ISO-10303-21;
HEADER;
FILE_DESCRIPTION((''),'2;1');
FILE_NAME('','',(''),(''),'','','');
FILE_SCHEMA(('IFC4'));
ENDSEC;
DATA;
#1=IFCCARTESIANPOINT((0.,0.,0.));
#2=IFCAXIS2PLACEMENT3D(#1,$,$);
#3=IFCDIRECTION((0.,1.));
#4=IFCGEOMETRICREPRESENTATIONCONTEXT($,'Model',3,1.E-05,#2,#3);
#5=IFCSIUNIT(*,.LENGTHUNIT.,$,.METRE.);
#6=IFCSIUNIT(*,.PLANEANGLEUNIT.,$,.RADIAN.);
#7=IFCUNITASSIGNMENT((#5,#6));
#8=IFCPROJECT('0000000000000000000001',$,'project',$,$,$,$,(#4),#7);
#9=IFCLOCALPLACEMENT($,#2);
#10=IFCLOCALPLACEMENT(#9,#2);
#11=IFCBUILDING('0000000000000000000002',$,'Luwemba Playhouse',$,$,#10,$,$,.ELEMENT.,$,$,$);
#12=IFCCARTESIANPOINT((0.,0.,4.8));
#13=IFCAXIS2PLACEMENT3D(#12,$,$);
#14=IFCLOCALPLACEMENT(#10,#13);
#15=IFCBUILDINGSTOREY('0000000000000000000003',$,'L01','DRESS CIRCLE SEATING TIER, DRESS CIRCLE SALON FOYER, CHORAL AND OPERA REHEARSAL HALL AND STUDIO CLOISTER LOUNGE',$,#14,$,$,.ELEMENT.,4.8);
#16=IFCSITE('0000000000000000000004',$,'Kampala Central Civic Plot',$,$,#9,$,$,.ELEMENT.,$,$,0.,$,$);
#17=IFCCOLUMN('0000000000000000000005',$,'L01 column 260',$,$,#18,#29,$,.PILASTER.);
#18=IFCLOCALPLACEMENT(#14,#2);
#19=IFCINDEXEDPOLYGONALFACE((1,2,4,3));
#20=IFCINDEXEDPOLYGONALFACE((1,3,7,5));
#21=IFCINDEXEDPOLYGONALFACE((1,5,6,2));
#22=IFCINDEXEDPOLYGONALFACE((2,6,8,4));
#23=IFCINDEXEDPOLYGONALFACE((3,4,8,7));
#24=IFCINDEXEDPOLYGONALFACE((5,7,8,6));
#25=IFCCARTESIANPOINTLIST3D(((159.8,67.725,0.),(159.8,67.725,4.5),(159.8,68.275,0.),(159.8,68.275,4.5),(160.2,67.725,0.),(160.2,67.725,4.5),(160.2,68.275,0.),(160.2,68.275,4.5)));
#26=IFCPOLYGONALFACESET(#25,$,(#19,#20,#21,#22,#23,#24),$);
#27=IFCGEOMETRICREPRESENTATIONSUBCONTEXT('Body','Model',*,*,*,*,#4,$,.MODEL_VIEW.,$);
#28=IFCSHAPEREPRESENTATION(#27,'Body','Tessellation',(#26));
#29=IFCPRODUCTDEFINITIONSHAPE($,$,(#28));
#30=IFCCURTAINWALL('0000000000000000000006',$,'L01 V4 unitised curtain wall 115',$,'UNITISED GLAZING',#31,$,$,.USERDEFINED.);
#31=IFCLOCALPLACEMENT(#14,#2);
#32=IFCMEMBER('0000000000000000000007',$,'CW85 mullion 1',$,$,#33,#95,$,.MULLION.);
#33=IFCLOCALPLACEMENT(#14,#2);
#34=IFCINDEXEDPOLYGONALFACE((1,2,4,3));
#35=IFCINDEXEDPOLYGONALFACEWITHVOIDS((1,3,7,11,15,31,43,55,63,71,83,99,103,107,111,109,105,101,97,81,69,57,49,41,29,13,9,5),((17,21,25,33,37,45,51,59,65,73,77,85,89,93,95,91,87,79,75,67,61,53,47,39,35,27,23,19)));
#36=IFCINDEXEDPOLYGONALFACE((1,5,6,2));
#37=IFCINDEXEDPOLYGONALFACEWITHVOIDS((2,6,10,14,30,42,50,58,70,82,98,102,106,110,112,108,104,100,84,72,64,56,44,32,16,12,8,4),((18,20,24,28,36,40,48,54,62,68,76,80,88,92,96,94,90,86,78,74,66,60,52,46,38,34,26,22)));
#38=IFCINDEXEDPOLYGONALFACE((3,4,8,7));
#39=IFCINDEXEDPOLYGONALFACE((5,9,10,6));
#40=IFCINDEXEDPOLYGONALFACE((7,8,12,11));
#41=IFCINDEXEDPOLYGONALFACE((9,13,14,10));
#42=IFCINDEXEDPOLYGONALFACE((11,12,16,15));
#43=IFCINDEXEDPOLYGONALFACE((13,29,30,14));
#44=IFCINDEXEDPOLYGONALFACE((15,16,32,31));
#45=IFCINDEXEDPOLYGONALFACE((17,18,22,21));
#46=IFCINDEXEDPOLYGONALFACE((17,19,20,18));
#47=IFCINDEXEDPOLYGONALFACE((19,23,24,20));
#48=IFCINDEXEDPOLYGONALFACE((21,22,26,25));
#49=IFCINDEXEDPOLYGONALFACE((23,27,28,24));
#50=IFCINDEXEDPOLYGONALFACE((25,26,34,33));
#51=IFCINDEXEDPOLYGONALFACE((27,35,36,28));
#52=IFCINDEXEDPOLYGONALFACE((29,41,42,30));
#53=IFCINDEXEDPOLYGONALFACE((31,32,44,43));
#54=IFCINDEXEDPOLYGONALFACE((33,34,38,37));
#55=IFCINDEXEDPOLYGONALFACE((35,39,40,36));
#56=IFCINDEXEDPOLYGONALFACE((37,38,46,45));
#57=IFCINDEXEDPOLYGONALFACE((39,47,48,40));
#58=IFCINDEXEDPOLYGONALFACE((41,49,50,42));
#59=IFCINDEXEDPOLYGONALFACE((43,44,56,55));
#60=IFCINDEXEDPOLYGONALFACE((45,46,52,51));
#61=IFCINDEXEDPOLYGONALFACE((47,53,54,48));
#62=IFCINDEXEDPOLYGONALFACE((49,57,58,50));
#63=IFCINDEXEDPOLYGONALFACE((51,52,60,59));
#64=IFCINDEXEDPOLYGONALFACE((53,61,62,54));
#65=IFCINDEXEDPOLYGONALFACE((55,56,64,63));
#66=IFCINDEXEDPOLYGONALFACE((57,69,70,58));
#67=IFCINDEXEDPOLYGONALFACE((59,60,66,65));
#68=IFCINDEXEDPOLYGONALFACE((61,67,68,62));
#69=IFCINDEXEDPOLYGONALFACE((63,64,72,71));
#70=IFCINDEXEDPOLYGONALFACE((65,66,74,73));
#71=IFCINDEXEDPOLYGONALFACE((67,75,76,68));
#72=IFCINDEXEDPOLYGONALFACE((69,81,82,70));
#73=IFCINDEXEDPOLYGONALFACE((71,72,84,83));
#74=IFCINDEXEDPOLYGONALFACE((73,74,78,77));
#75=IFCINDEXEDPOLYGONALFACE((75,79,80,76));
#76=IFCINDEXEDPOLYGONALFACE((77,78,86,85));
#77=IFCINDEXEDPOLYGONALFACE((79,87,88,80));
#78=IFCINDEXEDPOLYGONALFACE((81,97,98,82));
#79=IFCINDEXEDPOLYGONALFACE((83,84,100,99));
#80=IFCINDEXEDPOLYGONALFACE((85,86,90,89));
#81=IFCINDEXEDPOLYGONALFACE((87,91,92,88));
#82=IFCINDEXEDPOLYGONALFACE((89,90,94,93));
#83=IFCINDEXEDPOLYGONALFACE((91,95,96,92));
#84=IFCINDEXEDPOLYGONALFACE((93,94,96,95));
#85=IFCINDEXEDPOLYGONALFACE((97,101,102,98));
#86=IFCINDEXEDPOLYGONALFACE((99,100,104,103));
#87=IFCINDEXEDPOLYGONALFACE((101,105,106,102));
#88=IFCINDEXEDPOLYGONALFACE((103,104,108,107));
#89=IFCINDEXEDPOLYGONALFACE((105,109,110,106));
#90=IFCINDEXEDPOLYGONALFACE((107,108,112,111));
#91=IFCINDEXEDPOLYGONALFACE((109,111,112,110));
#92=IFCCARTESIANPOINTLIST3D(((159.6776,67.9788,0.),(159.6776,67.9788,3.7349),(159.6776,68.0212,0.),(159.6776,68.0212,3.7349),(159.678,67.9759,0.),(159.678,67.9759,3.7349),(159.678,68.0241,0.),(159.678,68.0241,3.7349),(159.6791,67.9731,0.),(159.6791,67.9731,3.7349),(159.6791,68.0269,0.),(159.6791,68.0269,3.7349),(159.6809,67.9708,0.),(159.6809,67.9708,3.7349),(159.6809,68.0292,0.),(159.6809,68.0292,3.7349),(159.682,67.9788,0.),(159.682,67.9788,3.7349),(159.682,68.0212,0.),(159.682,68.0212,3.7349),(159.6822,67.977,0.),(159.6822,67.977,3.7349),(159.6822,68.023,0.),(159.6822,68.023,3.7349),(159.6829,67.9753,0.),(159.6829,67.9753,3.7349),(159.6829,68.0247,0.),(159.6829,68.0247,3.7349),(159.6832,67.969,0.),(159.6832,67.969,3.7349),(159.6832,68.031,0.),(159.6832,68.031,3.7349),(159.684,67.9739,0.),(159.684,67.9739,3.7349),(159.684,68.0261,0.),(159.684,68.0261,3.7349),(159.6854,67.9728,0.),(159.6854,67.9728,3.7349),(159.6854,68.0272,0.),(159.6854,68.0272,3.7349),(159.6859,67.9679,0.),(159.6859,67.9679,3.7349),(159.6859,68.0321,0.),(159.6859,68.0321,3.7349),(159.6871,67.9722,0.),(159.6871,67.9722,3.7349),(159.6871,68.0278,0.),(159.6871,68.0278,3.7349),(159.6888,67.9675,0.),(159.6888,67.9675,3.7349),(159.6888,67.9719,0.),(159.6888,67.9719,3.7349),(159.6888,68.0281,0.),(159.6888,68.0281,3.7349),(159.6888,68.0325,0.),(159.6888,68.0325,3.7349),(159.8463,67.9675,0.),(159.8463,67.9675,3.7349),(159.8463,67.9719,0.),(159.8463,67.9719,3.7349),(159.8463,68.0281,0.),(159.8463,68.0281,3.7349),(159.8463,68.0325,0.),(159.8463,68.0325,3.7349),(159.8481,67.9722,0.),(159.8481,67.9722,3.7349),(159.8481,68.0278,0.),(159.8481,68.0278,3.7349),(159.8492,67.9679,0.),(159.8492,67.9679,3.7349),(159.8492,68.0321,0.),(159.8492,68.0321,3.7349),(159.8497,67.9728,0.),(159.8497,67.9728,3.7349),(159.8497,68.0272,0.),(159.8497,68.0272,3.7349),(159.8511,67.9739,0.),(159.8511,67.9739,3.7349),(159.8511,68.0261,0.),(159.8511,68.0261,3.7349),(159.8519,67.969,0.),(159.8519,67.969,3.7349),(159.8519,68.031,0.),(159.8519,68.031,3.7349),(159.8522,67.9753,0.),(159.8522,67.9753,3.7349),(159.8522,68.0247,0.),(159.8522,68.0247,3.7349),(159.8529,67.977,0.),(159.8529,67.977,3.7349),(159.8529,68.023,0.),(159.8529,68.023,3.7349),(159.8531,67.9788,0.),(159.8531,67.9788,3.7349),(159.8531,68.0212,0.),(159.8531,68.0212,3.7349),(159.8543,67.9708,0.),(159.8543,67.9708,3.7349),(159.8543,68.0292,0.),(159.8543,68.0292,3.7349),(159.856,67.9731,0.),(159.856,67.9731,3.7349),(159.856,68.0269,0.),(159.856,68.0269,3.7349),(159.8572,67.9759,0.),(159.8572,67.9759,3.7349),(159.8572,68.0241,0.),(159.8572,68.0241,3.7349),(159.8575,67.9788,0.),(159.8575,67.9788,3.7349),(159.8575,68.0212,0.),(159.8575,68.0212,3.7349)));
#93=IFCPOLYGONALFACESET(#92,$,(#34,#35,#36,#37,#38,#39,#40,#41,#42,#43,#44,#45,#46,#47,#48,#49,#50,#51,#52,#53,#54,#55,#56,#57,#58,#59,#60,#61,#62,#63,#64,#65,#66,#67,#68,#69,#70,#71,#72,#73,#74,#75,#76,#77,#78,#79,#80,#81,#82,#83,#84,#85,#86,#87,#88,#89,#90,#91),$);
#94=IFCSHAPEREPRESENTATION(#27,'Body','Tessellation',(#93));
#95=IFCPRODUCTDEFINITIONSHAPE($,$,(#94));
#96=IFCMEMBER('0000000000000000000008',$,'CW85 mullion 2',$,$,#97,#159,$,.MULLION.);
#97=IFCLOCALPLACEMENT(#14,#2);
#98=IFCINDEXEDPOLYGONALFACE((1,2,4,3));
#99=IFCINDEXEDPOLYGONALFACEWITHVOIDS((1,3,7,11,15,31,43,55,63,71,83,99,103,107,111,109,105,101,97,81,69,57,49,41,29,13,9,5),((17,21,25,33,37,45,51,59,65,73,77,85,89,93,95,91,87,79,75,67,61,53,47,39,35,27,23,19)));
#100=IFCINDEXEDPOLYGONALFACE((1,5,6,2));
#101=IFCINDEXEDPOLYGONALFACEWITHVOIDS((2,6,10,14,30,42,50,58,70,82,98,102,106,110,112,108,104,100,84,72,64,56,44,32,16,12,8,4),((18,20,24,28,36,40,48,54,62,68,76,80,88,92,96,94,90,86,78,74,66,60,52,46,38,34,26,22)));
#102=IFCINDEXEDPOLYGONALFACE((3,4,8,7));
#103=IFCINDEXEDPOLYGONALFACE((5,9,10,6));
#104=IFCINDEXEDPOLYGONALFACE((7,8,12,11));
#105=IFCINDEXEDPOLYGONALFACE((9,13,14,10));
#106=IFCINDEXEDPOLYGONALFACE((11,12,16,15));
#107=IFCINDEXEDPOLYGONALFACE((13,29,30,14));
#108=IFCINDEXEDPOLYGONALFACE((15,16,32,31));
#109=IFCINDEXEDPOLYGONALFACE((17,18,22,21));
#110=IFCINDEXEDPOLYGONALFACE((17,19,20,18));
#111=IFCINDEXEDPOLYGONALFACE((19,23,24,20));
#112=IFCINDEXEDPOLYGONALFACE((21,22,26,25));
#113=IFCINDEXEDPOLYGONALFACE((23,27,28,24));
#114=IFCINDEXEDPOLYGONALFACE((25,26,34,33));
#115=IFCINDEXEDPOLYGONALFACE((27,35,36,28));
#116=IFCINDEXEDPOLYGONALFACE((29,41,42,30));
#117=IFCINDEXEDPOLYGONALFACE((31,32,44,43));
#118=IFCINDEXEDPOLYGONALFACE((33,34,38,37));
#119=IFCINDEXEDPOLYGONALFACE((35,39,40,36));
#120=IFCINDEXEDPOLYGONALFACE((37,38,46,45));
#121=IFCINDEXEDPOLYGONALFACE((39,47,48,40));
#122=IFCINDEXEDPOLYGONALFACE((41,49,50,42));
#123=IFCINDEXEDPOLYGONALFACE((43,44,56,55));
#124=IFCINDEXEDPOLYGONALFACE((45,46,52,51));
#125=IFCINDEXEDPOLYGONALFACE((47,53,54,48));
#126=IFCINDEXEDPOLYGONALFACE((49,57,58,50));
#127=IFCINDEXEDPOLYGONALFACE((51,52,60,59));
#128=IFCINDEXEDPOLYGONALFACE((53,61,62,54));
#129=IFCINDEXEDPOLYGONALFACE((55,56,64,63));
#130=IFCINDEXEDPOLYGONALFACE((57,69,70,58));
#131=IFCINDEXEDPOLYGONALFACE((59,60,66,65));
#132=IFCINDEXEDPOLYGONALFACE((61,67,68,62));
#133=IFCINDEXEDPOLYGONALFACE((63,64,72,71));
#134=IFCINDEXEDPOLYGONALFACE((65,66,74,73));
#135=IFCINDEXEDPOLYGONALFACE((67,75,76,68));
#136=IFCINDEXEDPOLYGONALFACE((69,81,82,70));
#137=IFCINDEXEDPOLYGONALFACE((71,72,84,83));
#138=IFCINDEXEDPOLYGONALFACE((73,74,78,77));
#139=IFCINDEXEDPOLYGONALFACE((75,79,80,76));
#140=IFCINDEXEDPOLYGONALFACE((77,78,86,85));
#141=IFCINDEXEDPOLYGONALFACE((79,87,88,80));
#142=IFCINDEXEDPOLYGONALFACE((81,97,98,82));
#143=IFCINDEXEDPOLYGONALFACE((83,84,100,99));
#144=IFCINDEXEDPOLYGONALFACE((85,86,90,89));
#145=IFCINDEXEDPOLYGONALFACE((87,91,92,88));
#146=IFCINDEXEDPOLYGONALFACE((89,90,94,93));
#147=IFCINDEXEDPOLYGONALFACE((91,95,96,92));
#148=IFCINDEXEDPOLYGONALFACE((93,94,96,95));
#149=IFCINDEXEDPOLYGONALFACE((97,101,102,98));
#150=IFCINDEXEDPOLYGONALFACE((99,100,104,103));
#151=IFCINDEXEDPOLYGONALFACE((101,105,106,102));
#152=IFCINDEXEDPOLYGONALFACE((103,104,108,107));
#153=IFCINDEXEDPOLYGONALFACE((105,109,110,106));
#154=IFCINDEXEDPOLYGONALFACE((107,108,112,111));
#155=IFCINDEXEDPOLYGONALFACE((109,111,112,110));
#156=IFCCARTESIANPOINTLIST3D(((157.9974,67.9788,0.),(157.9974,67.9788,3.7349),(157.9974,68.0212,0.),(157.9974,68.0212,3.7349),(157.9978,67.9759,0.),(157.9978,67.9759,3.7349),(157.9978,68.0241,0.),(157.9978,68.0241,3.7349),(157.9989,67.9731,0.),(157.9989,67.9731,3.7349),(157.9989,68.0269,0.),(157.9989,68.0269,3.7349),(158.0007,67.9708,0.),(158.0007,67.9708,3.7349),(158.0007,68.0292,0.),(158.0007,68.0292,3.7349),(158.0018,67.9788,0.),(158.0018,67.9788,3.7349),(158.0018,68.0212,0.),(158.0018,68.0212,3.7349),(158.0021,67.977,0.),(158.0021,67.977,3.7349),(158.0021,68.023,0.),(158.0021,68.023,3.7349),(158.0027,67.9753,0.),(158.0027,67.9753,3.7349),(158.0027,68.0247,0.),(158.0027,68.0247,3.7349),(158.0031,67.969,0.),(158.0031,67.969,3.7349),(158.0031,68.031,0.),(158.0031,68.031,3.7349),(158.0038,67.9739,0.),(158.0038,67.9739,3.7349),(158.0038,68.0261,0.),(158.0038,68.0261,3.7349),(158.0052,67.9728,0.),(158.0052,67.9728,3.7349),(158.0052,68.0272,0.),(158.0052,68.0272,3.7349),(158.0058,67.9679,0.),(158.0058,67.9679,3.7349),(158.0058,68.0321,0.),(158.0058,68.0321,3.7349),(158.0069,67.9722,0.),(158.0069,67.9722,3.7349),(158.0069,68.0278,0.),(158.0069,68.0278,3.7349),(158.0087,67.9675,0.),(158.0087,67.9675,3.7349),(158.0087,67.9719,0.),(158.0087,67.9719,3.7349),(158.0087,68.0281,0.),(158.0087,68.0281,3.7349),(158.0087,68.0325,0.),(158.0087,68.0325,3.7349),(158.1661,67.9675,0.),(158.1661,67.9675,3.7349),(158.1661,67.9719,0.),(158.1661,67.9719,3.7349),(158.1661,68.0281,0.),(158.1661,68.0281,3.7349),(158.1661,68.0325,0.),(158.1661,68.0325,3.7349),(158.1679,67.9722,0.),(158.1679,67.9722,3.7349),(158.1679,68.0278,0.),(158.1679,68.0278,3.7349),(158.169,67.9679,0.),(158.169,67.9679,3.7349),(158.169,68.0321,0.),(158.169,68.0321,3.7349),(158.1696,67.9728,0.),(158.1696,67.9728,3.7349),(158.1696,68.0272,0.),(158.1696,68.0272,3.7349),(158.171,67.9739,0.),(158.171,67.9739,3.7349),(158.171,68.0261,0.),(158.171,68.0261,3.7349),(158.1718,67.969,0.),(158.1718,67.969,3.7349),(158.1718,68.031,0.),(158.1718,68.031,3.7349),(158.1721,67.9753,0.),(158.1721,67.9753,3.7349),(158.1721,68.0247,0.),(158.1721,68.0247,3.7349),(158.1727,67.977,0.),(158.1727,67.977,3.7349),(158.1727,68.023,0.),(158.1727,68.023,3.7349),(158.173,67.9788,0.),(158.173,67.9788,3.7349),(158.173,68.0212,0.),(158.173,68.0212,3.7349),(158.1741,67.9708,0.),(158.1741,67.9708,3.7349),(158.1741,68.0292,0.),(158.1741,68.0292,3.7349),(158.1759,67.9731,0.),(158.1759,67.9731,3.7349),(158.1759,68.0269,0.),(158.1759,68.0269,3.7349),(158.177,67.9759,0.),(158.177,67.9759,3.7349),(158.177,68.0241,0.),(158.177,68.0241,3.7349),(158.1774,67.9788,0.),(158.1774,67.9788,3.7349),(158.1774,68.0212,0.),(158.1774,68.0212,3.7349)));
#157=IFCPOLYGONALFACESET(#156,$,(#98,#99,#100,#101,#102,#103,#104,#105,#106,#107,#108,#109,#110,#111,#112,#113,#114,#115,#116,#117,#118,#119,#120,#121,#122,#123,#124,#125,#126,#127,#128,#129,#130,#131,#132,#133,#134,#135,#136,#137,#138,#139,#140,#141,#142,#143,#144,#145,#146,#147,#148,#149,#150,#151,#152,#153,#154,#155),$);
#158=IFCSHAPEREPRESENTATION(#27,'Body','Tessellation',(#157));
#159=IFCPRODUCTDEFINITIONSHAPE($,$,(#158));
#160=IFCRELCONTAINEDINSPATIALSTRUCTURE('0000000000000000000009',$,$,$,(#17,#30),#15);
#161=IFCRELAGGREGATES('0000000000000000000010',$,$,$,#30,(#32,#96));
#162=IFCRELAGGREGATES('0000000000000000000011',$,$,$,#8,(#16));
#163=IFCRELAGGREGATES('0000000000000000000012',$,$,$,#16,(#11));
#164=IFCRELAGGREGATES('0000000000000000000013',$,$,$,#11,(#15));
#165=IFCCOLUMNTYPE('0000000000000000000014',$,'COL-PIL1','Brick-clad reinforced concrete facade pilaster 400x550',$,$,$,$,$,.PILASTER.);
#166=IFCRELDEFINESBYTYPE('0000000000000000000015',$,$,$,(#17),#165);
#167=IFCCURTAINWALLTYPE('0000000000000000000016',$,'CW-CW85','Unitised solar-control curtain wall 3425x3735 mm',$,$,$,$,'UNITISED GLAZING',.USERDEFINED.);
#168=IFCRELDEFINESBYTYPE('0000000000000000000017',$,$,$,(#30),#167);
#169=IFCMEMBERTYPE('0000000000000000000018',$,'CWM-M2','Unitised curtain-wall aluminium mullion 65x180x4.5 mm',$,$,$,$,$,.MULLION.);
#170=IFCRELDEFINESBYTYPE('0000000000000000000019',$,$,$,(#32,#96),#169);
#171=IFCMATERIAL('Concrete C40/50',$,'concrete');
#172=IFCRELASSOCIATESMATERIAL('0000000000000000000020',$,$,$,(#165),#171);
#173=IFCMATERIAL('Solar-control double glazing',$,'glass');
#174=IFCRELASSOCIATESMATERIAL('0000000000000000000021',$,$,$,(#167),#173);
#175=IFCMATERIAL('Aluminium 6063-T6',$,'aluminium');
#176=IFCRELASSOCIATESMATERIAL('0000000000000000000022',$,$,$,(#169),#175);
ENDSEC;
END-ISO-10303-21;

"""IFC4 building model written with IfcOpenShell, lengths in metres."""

from ifc_helpers import new_model, si_unit, direction, frame, origin, origin_2d, place, context, subcontext, project, spatial, rectangle, hollow_rectangle, extrude, material, material_profile, profile_set, type_object, element, aggregate, save


model = new_model("IFC4")

# Units and contexts
model_context = context("Model", 3, precision=1e-05, world=origin(), true_north=direction((0.0, 1.0)))
body_context = subcontext(model_context, "Body", "Model", "MODEL_VIEW")
ifc_project = project(units=[si_unit("LENGTHUNIT", "METRE"), si_unit("PLANEANGLEUNIT", "RADIAN")], contexts=[model_context])

# Site, building, storey
site_placement = place(None, origin())
site = spatial("IfcSite", under=ifc_project, at=site_placement, Name="Kampala Central Civic Plot", CompositionType="ELEMENT", RefElevation=0.0)
building_placement = place(site_placement, origin())
building = spatial("IfcBuilding", under=site, at=building_placement, Name="Luwemba Playhouse", CompositionType="ELEMENT")
storey_placement = place(building_placement, frame((0.0, 0.0, 4.8)))
storey = spatial("IfcBuildingStorey", under=building, at=storey_placement, Name="L01", Description="DRESS CIRCLE SEATING TIER, DRESS CIRCLE SALON FOYER, CHORAL AND OPERA REHEARSAL HALL AND STUDIO CLOISTER LOUNGE", CompositionType="ELEMENT", Elevation=4.8)

# Column
ifc_material_1 = material(Name="Concrete C40/50", Category="concrete")
ifc_material_profile_1 = material_profile(ifc_material_1, rectangle(XDim=0.3999, YDim=0.55, at=origin_2d()))
ifc_profile_set_1 = profile_set([ifc_material_profile_1], Name="Concrete C40/50")
column_type = type_object("IfcColumnType", Name="COL-PIL1", Description="Brick-clad reinforced concrete facade pilaster 400x550", PredefinedType="PILASTER", material=ifc_profile_set_1)
column_placement = place(storey_placement, frame((160.0, 68.0, 0.0), z_axis=(0.0, 0.0, 1.0), x_axis=(1.0, 0.0, 0.0)))
element("IfcColumn", 1, at=column_placement, inside=storey, type_object=column_type, Name="L01 column 260", PredefinedType="PILASTER", context=body_context, shape_type="SweptSolid", body=[
    extrude(rectangle(XDim=0.3999, YDim=0.55, at=origin_2d()), origin(), (0.0, 0.0, 1.0), 4.5),
])

# Curtain wall, members
ifc_material_2 = material(Name="Solar-control double glazing", Category="glass")
curtain_wall_type = type_object("IfcCurtainWallType", Name="CW-CW85", Description="Unitised solar-control curtain wall 3425x3735 mm", ElementType="UNITISED GLAZING", PredefinedType="USERDEFINED", material=ifc_material_2)
curtain_wall_placement = place(storey_placement, origin())
curtain_wall = element("IfcCurtainWall", 2, at=curtain_wall_placement, inside=storey, type_object=curtain_wall_type, Name="L01 V4 unitised curtain wall 115", ObjectType="UNITISED GLAZING", PredefinedType="USERDEFINED")
ifc_material_3 = material(Name="Aluminium 6063-T6", Category="aluminium")
ifc_material_profile_2 = material_profile(ifc_material_3, hollow_rectangle(XDim=0.0649, YDim=0.1799, WallThickness=0.0044, InnerFilletRadius=0.0068, OuterFilletRadius=0.0112, at=origin_2d()))
ifc_profile_set_2 = profile_set([ifc_material_profile_2], Name="Aluminium 6063-T6")
member_type_1 = type_object("IfcMemberType", Name="CWM-M2", Description="Unitised curtain-wall aluminium mullion 65x180x4.5 mm", PredefinedType="MULLION", material=ifc_profile_set_2)
member_1_placement = place(storey_placement, frame((159.7676, 68.0, 0.0), z_axis=(0.0, 0.0, 1.0), x_axis=(0.0, -1.0, 0.0)))
member_1 = element("IfcMember", 3, at=member_1_placement, type_object=member_type_1, Name="CW85 mullion 1", PredefinedType="MULLION", context=body_context, shape_type="SweptSolid", body=[
    extrude(hollow_rectangle(XDim=0.0649, YDim=0.1799, WallThickness=0.0044, InnerFilletRadius=0.0068, OuterFilletRadius=0.0112, at=origin_2d()), origin(), (0.0, 0.0, 1.0), 3.7349),
])
member_2_placement = place(storey_placement, frame((158.0874, 68.0, 0.0), z_axis=(0.0, 0.0, 1.0), x_axis=(0.0, -1.0, 0.0)))
member_2 = element("IfcMember", 4, at=member_2_placement, type_object=member_type_1, Name="CW85 mullion 2", PredefinedType="MULLION", context=body_context, shape_type="SweptSolid", body=[
    extrude(hollow_rectangle(XDim=0.0649, YDim=0.1799, WallThickness=0.0044, InnerFilletRadius=0.0068, OuterFilletRadius=0.0112, at=origin_2d()), origin(), (0.0, 0.0, 1.0), 3.7349),
])
aggregate(curtain_wall, [member_1, member_2])

save(model, "model.ifc")
